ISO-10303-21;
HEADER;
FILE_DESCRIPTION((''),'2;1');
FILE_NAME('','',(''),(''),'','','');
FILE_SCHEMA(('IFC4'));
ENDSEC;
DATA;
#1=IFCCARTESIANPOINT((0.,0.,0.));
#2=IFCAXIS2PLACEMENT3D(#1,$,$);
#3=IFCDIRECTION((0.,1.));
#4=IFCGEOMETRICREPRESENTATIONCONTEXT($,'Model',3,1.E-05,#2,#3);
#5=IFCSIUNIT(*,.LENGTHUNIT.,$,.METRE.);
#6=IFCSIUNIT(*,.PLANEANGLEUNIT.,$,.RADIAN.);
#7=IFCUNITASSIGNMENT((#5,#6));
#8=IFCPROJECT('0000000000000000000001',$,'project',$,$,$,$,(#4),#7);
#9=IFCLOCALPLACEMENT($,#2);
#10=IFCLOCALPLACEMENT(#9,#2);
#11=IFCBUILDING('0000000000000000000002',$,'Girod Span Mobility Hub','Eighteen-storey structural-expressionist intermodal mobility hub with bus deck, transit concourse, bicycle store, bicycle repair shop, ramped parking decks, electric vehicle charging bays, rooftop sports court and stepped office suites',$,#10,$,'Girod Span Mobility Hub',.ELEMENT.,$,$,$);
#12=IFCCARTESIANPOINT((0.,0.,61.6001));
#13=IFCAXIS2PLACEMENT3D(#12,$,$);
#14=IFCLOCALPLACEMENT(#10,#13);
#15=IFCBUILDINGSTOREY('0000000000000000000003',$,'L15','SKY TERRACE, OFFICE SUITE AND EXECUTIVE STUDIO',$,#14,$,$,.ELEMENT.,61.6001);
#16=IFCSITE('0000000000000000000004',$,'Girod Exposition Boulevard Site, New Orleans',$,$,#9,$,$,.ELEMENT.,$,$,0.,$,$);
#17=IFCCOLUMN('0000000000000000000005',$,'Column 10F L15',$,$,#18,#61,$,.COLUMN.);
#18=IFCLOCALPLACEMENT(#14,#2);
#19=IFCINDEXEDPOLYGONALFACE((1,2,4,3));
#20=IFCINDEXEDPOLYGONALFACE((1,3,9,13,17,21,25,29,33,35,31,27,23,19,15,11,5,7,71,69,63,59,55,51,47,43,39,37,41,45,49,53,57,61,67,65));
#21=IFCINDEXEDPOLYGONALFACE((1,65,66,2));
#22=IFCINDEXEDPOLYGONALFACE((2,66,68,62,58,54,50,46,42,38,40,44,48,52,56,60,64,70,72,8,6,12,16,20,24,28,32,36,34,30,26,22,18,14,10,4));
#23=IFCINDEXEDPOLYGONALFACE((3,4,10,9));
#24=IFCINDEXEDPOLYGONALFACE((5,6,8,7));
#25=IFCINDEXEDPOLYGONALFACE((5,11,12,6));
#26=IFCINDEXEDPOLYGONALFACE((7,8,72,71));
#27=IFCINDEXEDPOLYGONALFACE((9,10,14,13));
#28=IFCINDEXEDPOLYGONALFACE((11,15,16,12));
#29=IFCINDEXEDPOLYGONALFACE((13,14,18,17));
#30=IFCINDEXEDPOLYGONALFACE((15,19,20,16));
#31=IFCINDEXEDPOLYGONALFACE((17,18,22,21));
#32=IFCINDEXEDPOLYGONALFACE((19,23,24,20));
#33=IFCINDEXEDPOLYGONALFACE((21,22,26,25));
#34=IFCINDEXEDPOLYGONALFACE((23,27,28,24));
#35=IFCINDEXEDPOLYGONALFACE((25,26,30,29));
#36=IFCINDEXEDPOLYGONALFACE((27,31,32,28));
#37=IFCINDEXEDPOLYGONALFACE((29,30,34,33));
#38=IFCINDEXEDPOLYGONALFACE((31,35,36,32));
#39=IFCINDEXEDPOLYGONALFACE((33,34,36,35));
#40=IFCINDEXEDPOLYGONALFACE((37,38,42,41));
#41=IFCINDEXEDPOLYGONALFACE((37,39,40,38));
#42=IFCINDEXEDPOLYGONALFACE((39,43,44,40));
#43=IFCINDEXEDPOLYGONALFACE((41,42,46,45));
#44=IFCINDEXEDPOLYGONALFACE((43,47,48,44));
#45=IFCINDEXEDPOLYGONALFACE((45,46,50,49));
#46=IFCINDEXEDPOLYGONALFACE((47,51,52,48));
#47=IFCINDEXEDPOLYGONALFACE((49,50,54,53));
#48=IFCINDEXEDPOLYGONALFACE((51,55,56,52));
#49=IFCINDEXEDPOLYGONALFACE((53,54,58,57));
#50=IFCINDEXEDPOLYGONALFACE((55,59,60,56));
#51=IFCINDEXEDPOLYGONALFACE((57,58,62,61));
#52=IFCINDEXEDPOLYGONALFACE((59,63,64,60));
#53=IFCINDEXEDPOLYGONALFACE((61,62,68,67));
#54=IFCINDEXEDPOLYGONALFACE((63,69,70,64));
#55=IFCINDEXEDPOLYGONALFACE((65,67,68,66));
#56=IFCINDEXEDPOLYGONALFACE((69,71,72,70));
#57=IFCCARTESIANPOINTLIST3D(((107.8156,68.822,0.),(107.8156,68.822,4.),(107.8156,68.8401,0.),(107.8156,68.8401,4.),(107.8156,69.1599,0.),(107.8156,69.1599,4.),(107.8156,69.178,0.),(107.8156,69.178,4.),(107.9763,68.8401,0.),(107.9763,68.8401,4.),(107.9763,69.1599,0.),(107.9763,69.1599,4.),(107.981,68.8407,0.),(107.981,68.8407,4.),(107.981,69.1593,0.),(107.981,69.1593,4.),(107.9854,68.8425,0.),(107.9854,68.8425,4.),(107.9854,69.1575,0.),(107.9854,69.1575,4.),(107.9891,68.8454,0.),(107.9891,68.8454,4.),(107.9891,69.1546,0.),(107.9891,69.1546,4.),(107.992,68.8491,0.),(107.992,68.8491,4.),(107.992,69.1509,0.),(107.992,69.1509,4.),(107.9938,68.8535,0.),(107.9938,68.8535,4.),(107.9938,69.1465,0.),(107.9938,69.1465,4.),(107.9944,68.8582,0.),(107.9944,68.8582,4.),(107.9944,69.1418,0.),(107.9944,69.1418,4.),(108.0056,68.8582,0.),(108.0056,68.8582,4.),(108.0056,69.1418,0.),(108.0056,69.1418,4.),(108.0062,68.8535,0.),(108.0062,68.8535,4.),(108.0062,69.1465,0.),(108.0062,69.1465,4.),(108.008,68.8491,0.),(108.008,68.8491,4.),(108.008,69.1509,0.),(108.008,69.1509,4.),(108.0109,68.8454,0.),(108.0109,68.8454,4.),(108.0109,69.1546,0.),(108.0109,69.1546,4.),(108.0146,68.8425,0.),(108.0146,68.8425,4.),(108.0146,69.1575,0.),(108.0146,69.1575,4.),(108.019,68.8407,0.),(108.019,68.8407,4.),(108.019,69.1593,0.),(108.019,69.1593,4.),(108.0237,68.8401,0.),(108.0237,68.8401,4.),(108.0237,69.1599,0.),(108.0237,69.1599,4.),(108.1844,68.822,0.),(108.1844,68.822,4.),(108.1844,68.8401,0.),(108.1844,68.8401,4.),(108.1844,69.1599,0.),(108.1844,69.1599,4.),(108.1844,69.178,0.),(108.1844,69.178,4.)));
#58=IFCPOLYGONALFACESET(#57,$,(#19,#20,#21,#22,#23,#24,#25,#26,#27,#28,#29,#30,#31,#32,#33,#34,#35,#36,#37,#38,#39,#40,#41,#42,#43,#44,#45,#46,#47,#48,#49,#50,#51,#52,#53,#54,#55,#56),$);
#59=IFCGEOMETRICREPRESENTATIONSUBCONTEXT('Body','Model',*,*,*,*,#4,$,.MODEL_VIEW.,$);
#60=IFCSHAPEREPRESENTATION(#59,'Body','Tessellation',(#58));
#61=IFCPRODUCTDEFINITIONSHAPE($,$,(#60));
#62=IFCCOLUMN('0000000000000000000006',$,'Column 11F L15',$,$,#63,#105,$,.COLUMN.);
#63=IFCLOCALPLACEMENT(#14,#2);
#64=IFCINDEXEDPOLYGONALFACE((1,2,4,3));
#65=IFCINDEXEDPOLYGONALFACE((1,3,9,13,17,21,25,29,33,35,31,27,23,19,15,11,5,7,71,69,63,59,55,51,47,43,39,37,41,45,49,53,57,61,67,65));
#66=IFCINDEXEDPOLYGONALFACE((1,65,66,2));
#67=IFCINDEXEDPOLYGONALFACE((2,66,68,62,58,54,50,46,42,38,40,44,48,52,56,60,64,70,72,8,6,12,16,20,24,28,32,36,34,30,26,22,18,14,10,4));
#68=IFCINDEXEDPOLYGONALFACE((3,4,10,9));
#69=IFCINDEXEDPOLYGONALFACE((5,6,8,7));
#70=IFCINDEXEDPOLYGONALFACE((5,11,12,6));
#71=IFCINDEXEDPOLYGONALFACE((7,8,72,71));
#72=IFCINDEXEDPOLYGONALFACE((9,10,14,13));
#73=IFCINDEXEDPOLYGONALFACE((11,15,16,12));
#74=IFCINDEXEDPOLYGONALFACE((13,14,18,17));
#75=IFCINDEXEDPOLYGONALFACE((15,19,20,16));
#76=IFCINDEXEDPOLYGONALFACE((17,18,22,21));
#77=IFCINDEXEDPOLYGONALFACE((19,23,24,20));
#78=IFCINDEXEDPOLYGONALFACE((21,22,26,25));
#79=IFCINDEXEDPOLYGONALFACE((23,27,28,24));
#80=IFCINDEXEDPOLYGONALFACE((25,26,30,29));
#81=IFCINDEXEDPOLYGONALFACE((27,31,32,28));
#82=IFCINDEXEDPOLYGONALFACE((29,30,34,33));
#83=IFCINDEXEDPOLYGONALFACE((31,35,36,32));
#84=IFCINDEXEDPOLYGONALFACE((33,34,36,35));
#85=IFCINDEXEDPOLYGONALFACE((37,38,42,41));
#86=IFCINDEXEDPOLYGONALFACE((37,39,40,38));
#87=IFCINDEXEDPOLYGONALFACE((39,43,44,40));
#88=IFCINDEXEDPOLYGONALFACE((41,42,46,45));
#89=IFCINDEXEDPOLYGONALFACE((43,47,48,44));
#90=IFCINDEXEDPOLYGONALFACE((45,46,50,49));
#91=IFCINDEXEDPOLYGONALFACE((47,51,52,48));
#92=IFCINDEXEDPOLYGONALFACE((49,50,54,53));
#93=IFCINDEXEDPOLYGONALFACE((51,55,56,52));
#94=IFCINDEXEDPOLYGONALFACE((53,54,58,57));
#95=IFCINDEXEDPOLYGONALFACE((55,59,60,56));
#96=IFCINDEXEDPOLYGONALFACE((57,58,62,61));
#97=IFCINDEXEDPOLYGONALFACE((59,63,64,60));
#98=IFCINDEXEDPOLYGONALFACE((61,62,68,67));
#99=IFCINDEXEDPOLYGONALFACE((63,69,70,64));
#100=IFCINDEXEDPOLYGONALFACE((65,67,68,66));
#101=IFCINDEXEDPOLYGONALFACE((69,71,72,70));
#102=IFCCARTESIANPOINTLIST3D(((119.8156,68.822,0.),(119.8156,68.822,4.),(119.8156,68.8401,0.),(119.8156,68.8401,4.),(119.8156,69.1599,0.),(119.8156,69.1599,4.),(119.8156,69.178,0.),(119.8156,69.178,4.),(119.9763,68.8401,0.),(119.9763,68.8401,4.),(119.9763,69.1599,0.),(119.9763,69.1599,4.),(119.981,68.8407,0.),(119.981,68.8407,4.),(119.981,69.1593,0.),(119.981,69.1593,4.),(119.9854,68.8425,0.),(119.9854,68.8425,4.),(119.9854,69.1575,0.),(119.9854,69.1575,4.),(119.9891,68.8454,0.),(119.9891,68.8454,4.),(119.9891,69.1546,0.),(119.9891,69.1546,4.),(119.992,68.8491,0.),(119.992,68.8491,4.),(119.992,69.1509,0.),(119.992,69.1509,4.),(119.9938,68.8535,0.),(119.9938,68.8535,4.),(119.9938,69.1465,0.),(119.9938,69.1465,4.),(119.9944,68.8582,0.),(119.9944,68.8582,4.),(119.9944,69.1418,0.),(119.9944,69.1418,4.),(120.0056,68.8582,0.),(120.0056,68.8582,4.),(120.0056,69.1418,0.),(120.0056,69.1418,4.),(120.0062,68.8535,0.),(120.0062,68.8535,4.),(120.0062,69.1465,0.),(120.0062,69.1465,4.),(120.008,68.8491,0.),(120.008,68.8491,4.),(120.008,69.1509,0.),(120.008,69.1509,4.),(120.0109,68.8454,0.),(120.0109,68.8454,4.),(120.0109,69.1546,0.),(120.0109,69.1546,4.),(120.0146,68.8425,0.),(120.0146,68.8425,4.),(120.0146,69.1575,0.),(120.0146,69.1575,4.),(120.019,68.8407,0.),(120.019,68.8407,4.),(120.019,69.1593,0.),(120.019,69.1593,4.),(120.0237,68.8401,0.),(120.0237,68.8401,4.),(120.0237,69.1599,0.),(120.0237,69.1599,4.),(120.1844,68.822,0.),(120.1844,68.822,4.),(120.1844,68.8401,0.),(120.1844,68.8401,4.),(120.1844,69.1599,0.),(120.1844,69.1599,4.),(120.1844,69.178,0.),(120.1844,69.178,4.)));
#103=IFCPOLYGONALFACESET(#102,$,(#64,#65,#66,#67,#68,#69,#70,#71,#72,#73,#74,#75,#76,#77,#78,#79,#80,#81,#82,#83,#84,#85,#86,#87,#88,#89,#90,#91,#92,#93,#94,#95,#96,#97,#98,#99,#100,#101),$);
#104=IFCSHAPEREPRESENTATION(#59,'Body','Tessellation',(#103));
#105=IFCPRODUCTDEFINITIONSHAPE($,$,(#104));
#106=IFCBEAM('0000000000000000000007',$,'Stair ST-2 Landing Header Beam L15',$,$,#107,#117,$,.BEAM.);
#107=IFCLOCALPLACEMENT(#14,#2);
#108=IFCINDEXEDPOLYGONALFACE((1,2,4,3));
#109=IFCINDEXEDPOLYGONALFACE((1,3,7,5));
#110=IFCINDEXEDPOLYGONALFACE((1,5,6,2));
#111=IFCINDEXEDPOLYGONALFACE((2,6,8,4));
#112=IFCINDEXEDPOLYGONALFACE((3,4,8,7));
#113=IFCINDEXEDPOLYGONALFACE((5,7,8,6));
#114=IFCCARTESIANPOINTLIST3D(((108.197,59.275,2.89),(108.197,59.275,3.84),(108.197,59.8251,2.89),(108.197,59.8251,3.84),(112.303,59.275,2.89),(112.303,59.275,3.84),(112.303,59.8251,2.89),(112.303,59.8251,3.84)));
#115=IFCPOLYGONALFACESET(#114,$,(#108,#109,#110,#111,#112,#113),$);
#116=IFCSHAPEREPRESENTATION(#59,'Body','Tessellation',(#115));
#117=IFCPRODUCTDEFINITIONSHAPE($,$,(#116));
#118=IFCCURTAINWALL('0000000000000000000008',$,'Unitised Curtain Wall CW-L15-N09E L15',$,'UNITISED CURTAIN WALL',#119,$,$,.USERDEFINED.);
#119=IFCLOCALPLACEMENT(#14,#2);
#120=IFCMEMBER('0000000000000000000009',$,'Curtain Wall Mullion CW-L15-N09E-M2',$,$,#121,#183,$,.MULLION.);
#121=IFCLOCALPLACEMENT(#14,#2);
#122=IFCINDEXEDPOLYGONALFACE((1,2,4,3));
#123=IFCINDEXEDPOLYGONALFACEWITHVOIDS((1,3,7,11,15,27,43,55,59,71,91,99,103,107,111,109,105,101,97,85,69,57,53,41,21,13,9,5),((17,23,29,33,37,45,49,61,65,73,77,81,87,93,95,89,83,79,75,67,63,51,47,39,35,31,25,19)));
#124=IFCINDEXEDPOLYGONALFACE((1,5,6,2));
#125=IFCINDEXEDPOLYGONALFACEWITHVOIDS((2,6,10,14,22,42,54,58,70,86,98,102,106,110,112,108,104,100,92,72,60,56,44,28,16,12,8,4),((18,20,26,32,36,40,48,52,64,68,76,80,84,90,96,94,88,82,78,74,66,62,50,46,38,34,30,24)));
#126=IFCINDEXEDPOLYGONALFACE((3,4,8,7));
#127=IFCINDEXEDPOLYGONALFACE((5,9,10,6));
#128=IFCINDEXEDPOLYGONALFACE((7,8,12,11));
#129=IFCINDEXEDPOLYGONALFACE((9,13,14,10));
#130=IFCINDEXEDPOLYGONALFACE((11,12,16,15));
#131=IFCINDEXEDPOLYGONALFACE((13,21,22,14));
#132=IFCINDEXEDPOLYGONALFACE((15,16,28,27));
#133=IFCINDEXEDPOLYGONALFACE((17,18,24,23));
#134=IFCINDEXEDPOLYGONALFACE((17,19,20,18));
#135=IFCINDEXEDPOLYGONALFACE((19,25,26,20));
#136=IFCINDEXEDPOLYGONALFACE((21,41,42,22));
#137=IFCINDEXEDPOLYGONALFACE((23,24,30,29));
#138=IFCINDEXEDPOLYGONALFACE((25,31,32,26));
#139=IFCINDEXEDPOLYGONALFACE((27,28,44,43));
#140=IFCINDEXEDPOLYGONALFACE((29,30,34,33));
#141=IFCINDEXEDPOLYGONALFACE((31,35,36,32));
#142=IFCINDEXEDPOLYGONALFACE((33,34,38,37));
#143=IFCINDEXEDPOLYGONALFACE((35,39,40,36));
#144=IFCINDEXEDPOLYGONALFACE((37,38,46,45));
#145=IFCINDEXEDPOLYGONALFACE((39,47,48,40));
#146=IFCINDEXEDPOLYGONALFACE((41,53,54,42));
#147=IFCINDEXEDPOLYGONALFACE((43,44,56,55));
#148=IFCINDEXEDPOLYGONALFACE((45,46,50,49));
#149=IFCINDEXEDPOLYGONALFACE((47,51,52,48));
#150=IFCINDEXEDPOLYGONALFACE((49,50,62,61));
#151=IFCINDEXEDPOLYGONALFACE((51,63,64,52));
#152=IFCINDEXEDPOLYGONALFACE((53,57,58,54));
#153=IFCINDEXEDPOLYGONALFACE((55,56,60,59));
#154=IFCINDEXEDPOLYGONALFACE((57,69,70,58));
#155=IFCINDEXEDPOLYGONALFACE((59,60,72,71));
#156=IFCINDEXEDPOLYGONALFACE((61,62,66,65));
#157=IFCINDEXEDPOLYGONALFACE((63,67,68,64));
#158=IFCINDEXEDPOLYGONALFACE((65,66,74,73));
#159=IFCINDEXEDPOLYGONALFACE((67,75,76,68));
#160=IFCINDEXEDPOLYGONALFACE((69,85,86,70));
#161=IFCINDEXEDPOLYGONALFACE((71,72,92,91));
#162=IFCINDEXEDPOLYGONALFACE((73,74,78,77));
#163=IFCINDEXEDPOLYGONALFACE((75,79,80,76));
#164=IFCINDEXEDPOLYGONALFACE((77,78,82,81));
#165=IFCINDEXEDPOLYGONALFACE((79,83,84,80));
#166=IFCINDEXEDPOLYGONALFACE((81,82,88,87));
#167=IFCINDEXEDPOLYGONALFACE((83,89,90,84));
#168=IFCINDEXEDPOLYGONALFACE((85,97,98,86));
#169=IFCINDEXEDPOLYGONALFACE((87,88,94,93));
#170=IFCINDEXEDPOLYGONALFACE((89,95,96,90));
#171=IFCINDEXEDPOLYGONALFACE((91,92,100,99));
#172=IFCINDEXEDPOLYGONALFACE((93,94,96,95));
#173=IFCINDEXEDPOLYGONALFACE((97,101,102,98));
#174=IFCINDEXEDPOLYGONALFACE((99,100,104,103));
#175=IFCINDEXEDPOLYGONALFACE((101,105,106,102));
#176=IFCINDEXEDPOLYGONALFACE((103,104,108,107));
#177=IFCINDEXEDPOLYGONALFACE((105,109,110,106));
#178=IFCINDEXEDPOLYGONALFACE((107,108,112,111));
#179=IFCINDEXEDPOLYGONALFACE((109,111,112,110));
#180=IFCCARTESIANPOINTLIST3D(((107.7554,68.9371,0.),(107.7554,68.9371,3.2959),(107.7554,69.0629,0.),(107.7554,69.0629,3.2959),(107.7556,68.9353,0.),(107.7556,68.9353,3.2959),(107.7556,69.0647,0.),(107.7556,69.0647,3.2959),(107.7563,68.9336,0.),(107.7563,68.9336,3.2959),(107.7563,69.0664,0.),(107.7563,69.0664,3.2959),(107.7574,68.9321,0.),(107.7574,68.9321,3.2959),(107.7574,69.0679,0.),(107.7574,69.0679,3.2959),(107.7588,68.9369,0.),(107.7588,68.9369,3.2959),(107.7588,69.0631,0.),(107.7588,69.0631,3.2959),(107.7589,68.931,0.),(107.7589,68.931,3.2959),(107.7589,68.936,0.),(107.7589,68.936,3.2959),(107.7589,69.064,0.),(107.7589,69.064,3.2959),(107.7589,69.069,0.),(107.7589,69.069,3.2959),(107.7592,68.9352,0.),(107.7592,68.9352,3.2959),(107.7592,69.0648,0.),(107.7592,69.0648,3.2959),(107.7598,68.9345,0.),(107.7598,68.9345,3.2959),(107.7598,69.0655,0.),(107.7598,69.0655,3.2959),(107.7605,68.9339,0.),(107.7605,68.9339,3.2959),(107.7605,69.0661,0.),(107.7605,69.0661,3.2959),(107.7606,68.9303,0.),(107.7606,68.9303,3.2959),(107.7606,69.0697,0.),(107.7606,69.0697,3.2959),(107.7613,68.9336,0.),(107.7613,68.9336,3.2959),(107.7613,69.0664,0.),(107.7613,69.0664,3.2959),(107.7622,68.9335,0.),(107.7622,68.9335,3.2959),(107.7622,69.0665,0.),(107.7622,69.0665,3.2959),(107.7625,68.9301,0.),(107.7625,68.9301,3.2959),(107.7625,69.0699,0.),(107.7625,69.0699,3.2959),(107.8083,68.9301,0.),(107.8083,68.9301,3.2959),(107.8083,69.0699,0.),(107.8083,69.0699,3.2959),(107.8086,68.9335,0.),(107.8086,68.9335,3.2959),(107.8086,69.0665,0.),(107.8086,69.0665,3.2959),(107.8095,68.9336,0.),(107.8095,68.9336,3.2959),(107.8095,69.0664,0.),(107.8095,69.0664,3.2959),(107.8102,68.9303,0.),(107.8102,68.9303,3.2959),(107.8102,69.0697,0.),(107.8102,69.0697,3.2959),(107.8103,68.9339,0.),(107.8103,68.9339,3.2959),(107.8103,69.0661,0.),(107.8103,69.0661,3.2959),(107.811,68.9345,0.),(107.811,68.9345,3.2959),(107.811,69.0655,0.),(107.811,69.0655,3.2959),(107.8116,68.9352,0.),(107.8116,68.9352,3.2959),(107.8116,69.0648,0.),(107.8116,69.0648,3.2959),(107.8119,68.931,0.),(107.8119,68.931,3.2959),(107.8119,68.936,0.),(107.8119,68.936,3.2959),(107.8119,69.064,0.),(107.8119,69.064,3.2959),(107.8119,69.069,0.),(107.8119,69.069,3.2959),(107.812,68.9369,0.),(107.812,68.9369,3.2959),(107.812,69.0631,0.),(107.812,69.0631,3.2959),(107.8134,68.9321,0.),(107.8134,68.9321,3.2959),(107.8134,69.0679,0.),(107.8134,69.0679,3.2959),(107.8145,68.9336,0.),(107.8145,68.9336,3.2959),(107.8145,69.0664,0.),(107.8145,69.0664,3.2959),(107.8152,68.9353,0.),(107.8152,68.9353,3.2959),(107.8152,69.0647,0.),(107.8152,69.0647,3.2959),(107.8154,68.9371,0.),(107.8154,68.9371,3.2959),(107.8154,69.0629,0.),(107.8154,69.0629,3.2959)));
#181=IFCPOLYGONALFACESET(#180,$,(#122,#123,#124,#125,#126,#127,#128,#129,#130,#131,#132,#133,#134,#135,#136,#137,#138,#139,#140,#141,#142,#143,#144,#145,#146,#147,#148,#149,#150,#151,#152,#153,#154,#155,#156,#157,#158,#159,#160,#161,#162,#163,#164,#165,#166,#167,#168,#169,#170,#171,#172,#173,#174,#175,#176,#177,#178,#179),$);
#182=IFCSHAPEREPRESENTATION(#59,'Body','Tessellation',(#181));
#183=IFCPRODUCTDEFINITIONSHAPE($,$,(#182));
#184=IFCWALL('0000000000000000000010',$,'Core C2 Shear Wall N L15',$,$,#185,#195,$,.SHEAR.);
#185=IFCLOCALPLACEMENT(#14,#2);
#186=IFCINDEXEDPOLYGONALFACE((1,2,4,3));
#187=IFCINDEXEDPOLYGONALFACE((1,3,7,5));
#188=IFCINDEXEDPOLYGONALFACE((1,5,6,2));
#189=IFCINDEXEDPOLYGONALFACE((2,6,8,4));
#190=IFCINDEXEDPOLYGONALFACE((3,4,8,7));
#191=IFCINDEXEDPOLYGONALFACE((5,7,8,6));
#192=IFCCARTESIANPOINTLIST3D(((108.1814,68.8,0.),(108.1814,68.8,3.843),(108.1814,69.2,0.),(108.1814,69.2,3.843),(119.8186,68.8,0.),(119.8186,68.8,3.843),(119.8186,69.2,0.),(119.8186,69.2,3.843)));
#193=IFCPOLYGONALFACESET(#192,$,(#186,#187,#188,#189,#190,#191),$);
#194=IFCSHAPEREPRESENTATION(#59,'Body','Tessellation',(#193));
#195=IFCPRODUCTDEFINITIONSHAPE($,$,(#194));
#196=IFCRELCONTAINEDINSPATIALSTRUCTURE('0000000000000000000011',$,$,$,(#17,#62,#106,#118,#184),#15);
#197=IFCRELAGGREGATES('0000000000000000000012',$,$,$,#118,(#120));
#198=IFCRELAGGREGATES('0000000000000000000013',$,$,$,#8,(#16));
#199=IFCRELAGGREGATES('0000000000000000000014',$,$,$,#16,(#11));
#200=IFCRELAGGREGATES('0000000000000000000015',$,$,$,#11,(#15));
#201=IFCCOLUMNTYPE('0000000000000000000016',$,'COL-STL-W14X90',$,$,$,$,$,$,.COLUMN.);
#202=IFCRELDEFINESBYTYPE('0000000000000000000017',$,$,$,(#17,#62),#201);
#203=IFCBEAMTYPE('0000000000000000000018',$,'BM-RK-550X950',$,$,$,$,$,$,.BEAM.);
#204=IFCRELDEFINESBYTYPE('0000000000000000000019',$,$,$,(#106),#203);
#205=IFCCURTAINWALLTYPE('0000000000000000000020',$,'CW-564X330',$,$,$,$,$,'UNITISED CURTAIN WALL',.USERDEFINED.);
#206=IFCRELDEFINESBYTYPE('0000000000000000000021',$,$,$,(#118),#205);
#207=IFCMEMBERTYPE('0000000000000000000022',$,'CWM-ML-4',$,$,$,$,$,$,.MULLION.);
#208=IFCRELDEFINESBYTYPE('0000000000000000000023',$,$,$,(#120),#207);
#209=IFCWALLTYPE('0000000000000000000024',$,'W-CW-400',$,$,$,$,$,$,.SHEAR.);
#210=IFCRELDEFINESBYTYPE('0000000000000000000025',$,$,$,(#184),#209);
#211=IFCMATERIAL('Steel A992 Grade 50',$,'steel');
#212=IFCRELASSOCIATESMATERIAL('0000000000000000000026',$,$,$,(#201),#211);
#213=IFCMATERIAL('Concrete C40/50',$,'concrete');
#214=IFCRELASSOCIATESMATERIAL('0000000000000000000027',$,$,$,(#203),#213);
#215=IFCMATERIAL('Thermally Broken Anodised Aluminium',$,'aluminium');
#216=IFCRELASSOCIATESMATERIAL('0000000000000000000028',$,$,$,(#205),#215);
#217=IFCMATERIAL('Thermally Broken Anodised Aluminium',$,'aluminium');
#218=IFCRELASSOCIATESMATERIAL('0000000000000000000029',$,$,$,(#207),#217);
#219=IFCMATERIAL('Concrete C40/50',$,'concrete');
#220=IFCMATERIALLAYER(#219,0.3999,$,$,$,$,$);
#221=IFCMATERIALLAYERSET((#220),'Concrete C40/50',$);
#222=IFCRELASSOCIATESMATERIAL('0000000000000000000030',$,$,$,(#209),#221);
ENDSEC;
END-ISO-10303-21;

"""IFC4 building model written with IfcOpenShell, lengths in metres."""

from ifc_helpers import new_model, si_unit, direction, frame, frame_2d, origin, origin_2d, place, context, subcontext, project, spatial, rectangle, hollow_rectangle, i_section, extrude, material, layer, layer_set, material_profile, profile_set, type_object, element, aggregate, save


model = new_model("IFC4")

# Units and contexts
model_context = context("Model", 3, precision=1e-05, world=origin(), true_north=direction((0.0, 1.0)))
body_context = subcontext(model_context, "Body", "Model", "MODEL_VIEW")
ifc_project = project(units=[si_unit("LENGTHUNIT", "METRE"), si_unit("PLANEANGLEUNIT", "RADIAN")], contexts=[model_context])

# Site, building, storey
site_placement = place(None, origin())
site = spatial("IfcSite", under=ifc_project, at=site_placement, Name="Girod Exposition Boulevard Site, New Orleans", CompositionType="ELEMENT", RefElevation=0.0)
building_placement = place(site_placement, origin())
building = spatial("IfcBuilding", under=site, at=building_placement, Name="Girod Span Mobility Hub", Description="Eighteen-storey structural-expressionist intermodal mobility hub with bus deck, transit concourse, bicycle store, bicycle repair shop, ramped parking decks, electric vehicle charging bays, rooftop sports court and stepped office suites", LongName="Girod Span Mobility Hub", CompositionType="ELEMENT")
storey_placement = place(building_placement, frame((0.0, 0.0, 61.6001)))
storey = spatial("IfcBuildingStorey", under=building, at=storey_placement, Name="L15", Description="SKY TERRACE, OFFICE SUITE AND EXECUTIVE STUDIO", CompositionType="ELEMENT", Elevation=61.6001)

# Columns
ifc_material_1 = material(Name="Steel A992 Grade 50", Category="steel")
ifc_material_profile_1 = material_profile(ifc_material_1, i_section(OverallWidth=0.3689, OverallDepth=0.356, WebThickness=0.0112, FlangeThickness=0.0181, FilletRadius=0.0181, at=origin_2d()), Name="W14X90")
ifc_profile_set_1 = profile_set([ifc_material_profile_1], Name="Steel A992 Grade 50")
column_type = type_object("IfcColumnType", Name="COL-STL-W14X90", PredefinedType="COLUMN", material=ifc_profile_set_1)
for number, where, z_axis, x_axis, name in (
    (1, (108.0, 69.0, 0.0), (0.0, 0.0, 1.0), (1.0, 0.0, 0.0), "Column 10F L15"),
    (2, (120.0, 69.0, 0.0), (0.0, 0.0, 1.0), (1.0, 0.0, 0.0), "Column 11F L15"),
):
    element("IfcColumn", number, at=place(storey_placement, frame(where, z_axis=z_axis, x_axis=x_axis)), inside=storey, type_object=column_type, Name=name, PredefinedType="COLUMN", context=body_context, shape_type="SweptSolid", body=[
        extrude(i_section(OverallWidth=0.3689, OverallDepth=0.356, WebThickness=0.0112, FlangeThickness=0.0181, FilletRadius=0.0181, at=origin_2d()), origin(), (0.0, 0.0, 1.0), 4.0),
    ])

# Beam
ifc_material_2 = material(Name="Concrete C40/50", Category="concrete")
ifc_material_profile_2 = material_profile(ifc_material_2, rectangle(XDim=0.55, YDim=0.95, at=origin_2d()), Name="RK-550X950")
ifc_profile_set_2 = profile_set([ifc_material_profile_2], Name="Concrete C40/50")
beam_type = type_object("IfcBeamType", Name="BM-RK-550X950", PredefinedType="BEAM", material=ifc_profile_set_2)
beam_placement = place(storey_placement, frame((108.197, 59.55, 3.365), z_axis=(1.0, 0.0, 0.0), x_axis=(0.0, 1.0, 0.0)))
element("IfcBeam", 3, at=beam_placement, inside=storey, type_object=beam_type, Name="Stair ST-2 Landing Header Beam L15", PredefinedType="BEAM", context=body_context, shape_type="SweptSolid", body=[
    extrude(rectangle(XDim=0.55, YDim=0.95, at=origin_2d()), origin(), (0.0, 0.0, 1.0), 4.106),
])

# Curtain wall, member
ifc_material_3 = material(Name="Thermally Broken Anodised Aluminium", Category="aluminium")
curtain_wall_type = type_object("IfcCurtainWallType", Name="CW-564X330", ElementType="UNITISED CURTAIN WALL", PredefinedType="USERDEFINED", material=ifc_material_3)
curtain_wall_placement = place(storey_placement, origin())
curtain_wall = element("IfcCurtainWall", 4, at=curtain_wall_placement, inside=storey, type_object=curtain_wall_type, Name="Unitised Curtain Wall CW-L15-N09E L15", ObjectType="UNITISED CURTAIN WALL", PredefinedType="USERDEFINED")
ifc_material_4 = material(Name="Thermally Broken Anodised Aluminium", Category="aluminium")
ifc_material_profile_3 = material_profile(ifc_material_4, hollow_rectangle(XDim=0.1399, YDim=0.0601, WallThickness=0.0034, InnerFilletRadius=0.0034, OuterFilletRadius=0.0071, at=origin_2d()), Name="CW-ML-60X140")
ifc_profile_set_3 = profile_set([ifc_material_profile_3], Name="Thermally Broken Anodised Aluminium")
member_type = type_object("IfcMemberType", Name="CWM-ML-4", PredefinedType="MULLION", material=ifc_profile_set_3)
member_placement = place(storey_placement, frame((107.7854, 69.0, 0.0), z_axis=(0.0, 0.0, 1.0), x_axis=(0.0, 1.0, 0.0)))
member = element("IfcMember", 5, at=member_placement, type_object=member_type, Name="Curtain Wall Mullion CW-L15-N09E-M2", PredefinedType="MULLION", context=body_context, shape_type="SweptSolid", body=[
    extrude(hollow_rectangle(XDim=0.1399, YDim=0.0601, WallThickness=0.0034, InnerFilletRadius=0.0034, OuterFilletRadius=0.0071, at=origin_2d()), origin(), (0.0, 0.0, 1.0), 3.2959),
])
aggregate(curtain_wall, [member])

# Wall
ifc_material_5 = material(Name="Concrete C40/50", Category="concrete")
ifc_layer_1 = layer(ifc_material_5, 0.3999)
ifc_layer_set_1 = layer_set([ifc_layer_1], Name="Concrete C40/50")
wall_type_1 = type_object("IfcWallType", Name="W-CW-400", PredefinedType="SHEAR", material=ifc_layer_set_1)
wall_1_placement = place(storey_placement, frame((108.1814, 69.0, 0.0), z_axis=(0.0, 0.0, 1.0), x_axis=(1.0, 0.0, 0.0)))
element("IfcWall", 6, at=wall_1_placement, inside=storey, type_object=wall_type_1, Name="Core C2 Shear Wall N L15", PredefinedType="SHEAR", context=body_context, shape_type="SweptSolid", body=[
    extrude(rectangle(XDim=11.6372, YDim=0.3999, at=frame_2d((5.8186, 0.0))), origin(), (0.0, 0.0, 1.0), 3.843),
])

save(model, "model.ifc")
